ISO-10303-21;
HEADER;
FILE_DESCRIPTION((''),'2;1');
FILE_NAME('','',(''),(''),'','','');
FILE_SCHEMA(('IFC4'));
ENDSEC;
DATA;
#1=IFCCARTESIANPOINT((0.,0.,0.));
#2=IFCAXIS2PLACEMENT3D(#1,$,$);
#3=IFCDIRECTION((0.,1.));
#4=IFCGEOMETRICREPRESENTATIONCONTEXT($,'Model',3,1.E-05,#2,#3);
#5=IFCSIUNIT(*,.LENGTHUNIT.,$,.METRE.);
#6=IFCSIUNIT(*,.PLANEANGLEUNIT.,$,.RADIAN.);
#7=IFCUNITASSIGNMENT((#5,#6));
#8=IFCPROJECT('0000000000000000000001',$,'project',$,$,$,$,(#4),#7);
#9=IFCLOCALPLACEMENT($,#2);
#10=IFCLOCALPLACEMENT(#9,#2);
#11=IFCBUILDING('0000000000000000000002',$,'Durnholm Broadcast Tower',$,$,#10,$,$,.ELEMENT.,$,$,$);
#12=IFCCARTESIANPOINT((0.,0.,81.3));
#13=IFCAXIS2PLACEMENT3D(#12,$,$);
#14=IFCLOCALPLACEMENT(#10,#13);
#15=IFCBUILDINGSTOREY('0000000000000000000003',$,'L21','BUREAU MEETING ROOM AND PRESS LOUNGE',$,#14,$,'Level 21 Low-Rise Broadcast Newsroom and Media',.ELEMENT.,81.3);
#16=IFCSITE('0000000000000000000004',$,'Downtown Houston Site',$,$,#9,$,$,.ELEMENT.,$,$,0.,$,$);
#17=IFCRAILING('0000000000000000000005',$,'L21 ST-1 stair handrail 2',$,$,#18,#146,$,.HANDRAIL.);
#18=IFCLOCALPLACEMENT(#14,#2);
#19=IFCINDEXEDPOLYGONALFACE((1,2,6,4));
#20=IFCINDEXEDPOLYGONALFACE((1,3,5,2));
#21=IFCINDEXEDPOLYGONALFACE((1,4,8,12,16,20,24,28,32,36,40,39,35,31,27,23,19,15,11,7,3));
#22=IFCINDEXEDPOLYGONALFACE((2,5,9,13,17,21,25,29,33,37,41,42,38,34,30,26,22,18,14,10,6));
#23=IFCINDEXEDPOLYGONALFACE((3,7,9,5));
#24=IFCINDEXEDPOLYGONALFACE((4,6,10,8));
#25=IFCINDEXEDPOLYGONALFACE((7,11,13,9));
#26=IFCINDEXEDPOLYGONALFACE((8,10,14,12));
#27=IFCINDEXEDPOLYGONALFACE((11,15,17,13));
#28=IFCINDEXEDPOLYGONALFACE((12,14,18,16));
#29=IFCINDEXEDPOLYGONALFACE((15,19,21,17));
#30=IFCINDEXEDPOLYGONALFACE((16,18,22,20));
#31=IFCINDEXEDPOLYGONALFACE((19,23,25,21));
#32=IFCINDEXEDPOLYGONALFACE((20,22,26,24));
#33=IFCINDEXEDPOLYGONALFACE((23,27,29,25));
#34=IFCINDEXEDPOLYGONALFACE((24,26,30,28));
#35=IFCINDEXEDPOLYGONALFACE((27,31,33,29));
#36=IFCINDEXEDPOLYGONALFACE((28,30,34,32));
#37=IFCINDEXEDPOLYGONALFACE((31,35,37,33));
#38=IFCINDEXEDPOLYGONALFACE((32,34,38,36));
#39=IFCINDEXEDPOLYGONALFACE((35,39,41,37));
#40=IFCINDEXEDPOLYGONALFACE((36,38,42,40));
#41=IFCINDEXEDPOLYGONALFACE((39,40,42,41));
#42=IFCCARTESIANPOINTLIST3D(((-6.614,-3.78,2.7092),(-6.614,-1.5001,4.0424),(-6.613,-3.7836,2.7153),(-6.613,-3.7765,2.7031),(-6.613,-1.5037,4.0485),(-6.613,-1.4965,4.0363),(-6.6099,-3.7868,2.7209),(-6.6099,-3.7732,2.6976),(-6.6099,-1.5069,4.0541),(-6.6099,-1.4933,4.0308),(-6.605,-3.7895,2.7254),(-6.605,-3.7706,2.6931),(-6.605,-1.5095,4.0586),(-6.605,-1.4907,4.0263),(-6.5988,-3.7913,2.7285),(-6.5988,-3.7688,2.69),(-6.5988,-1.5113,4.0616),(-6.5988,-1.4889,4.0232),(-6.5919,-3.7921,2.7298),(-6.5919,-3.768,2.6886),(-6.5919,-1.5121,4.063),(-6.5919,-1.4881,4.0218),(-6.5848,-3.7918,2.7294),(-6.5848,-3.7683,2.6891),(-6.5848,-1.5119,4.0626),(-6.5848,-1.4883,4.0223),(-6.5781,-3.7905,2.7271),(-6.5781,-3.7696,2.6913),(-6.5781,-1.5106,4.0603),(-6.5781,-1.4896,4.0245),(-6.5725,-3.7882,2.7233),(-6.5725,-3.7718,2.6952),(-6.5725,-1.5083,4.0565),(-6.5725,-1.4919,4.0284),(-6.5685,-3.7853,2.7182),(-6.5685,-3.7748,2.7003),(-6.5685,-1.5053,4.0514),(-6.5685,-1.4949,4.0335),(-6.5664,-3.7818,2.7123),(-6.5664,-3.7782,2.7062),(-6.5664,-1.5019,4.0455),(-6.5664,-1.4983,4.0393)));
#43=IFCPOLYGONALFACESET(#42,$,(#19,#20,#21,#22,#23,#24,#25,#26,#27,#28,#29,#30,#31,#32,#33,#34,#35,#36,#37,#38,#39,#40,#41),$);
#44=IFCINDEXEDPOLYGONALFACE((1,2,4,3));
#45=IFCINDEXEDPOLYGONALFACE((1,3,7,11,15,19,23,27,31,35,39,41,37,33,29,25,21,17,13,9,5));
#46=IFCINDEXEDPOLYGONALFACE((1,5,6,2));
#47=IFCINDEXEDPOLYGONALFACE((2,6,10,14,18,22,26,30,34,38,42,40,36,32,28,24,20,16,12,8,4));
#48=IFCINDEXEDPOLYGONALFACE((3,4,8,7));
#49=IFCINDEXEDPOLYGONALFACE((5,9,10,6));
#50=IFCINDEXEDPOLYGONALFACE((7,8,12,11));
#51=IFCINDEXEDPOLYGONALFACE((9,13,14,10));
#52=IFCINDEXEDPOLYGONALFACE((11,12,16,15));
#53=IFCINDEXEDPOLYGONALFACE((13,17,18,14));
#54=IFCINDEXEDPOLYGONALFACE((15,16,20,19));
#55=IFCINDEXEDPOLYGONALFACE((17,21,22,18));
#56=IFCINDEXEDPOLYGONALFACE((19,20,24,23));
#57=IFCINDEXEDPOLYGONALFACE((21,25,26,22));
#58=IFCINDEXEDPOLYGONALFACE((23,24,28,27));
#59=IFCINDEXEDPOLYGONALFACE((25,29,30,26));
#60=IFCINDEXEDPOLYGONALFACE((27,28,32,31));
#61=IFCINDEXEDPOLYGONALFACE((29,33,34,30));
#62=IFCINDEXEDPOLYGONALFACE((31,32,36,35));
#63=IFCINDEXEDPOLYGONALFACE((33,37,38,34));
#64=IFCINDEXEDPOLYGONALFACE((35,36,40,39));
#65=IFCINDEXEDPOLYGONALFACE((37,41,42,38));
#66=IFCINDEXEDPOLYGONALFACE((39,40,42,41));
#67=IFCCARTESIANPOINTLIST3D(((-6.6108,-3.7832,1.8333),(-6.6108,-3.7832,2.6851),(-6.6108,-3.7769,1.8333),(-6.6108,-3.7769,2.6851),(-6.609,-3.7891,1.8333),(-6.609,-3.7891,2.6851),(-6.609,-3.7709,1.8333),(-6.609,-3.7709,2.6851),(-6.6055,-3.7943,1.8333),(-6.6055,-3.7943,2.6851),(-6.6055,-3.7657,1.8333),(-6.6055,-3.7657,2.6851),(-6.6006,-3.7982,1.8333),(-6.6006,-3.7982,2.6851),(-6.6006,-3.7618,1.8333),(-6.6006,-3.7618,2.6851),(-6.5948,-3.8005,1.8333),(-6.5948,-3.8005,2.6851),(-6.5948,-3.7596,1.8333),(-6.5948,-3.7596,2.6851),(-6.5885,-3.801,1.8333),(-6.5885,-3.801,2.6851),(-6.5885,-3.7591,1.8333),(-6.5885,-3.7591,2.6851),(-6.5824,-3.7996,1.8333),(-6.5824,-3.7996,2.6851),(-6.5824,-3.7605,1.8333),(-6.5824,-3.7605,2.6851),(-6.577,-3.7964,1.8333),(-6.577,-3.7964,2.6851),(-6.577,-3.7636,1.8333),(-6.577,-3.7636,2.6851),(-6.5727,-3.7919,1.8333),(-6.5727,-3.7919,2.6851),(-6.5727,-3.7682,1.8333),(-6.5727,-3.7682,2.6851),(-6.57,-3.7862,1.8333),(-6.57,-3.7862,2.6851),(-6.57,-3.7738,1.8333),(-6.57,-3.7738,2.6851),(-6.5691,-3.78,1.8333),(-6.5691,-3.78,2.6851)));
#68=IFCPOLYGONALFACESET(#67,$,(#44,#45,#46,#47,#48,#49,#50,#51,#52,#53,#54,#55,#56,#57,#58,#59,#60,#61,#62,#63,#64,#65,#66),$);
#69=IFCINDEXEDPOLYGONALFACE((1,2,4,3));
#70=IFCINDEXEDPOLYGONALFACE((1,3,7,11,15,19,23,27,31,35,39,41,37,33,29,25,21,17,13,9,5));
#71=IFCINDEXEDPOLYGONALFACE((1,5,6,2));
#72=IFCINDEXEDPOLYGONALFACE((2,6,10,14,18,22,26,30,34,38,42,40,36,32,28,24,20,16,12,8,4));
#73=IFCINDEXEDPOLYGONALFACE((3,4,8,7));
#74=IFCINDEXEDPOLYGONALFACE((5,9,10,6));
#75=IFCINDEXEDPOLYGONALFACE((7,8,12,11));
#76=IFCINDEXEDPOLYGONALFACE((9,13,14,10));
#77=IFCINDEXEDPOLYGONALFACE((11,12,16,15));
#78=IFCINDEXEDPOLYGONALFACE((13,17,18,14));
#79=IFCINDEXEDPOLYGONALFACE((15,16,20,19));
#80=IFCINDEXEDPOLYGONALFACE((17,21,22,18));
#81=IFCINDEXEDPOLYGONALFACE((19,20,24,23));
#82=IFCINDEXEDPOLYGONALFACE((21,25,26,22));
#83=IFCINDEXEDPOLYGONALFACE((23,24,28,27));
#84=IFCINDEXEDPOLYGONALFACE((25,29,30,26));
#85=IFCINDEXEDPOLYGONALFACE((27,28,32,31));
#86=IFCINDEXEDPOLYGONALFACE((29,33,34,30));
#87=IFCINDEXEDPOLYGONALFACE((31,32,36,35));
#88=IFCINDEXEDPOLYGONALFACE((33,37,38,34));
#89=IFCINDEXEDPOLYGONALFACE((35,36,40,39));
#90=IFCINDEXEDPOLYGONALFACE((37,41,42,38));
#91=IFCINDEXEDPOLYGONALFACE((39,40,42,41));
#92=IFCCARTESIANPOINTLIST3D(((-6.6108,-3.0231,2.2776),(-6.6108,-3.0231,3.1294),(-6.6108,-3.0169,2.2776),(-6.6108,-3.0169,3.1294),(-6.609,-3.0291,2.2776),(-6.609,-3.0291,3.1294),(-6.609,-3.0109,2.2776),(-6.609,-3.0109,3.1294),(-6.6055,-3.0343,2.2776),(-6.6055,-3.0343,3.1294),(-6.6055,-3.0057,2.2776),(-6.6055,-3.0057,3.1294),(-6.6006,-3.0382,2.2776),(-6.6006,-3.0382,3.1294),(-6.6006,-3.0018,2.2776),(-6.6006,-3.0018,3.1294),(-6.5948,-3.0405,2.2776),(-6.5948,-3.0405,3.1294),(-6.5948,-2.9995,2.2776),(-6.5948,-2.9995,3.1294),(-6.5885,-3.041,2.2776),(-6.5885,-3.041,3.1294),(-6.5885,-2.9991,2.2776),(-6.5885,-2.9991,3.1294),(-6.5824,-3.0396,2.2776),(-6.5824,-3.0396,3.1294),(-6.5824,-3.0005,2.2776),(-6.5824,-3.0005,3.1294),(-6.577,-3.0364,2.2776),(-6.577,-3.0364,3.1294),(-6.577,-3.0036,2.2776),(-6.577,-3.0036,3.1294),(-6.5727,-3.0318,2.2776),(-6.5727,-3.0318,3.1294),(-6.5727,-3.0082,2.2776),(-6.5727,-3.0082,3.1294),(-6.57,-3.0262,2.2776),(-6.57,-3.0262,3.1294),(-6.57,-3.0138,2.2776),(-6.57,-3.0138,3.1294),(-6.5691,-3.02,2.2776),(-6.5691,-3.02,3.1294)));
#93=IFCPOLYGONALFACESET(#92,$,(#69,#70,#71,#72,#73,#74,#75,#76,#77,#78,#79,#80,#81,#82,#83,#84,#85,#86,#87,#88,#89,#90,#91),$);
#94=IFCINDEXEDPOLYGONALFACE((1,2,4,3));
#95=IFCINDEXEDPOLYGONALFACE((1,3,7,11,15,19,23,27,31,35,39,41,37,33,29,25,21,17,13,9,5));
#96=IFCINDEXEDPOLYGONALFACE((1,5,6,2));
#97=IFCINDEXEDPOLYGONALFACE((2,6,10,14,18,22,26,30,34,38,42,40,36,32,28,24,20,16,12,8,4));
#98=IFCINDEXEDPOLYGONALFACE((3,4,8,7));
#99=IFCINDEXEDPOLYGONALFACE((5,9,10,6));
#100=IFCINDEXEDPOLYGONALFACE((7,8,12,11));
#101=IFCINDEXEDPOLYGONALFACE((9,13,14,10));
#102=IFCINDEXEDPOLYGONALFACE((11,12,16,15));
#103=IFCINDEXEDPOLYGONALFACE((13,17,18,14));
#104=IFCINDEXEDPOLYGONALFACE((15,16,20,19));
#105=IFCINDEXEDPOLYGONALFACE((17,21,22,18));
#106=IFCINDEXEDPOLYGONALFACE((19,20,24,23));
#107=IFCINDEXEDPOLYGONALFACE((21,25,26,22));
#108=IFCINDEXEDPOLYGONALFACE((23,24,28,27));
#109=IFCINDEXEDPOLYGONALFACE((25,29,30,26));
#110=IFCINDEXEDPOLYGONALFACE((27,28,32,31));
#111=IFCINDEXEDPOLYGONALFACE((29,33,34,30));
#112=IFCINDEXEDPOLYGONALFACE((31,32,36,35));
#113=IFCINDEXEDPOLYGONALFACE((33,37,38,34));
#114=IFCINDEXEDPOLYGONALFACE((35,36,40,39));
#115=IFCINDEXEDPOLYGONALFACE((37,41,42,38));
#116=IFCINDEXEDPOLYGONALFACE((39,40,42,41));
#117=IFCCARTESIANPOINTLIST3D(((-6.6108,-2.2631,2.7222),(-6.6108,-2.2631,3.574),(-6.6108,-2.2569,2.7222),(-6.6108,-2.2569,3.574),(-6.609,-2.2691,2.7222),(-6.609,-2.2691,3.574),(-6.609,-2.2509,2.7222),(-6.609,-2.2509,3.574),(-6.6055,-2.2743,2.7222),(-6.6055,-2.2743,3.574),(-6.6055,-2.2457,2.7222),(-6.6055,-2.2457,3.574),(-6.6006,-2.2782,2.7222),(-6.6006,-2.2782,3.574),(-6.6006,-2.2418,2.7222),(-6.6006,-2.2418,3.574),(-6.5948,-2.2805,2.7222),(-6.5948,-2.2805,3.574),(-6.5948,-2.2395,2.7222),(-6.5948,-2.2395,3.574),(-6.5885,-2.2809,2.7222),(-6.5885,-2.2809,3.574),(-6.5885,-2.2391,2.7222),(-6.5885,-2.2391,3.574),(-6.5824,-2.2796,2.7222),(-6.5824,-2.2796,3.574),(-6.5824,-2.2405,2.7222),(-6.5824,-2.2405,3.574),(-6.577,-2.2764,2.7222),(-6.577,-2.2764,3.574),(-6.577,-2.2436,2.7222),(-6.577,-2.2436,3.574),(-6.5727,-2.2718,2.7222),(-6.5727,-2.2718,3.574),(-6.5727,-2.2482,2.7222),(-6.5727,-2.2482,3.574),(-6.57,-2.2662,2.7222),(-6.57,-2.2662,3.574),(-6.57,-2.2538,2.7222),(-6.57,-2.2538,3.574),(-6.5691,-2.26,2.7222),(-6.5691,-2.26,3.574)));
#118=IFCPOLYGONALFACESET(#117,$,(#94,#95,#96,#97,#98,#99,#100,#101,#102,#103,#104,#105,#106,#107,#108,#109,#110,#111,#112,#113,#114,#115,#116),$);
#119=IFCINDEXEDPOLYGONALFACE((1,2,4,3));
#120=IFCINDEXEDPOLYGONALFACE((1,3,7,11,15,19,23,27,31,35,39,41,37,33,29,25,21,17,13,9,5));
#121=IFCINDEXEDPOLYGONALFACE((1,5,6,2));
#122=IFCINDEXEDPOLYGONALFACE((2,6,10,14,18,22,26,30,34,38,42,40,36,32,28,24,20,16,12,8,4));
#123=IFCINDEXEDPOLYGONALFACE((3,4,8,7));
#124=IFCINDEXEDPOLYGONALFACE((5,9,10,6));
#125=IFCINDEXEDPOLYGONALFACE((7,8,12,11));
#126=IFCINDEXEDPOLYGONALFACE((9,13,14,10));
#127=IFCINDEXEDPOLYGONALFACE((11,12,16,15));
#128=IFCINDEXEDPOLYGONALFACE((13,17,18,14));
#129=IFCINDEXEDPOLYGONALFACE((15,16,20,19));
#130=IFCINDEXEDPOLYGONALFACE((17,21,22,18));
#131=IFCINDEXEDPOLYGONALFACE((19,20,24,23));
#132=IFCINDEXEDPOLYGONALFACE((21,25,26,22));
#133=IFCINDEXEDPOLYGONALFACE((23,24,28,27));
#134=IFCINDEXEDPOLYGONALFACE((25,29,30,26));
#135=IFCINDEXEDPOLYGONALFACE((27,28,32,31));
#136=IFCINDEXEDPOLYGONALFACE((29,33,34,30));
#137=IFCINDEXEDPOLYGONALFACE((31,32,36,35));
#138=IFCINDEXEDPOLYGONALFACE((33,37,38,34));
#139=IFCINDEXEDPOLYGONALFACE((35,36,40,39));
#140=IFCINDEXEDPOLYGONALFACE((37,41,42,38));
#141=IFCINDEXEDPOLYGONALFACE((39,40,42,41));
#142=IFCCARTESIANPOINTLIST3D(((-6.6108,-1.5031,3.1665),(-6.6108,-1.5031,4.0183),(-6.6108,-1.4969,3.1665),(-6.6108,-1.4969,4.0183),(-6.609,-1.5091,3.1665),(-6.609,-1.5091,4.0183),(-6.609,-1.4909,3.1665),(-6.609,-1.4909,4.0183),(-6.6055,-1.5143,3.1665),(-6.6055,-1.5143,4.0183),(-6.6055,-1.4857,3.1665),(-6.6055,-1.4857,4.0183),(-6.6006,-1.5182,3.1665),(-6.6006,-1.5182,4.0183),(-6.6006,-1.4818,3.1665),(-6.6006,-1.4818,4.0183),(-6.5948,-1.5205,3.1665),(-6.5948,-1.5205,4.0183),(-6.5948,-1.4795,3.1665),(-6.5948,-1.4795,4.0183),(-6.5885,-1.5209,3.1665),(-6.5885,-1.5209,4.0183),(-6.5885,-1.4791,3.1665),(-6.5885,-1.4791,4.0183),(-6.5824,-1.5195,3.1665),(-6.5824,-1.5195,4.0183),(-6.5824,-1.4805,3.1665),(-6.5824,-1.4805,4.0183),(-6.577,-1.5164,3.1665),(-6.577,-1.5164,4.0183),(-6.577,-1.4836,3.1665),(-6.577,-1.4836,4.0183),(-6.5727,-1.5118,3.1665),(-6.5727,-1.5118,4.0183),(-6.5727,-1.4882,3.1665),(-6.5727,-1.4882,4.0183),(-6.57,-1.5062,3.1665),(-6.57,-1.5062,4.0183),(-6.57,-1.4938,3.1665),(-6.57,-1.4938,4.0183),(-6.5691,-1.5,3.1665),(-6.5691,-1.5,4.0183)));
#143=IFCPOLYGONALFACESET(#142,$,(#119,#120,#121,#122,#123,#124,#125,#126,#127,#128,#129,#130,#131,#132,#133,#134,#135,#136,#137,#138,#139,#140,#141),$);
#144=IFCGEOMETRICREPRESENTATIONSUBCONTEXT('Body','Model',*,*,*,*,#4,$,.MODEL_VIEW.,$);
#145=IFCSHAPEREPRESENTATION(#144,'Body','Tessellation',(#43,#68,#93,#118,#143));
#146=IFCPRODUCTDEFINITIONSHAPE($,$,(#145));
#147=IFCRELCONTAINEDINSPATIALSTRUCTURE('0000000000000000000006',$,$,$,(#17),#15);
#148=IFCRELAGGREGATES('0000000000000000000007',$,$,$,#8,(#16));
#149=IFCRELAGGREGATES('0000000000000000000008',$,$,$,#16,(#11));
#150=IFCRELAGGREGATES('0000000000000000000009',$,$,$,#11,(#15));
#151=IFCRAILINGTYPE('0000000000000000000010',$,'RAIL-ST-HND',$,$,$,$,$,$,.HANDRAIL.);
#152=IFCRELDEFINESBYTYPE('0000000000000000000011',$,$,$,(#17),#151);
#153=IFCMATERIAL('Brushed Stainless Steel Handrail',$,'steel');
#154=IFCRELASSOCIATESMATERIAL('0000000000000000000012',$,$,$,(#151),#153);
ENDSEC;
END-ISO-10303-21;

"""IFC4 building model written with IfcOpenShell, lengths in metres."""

from ifc_helpers import new_model, si_unit, direction, frame, origin, origin_2d, place, context, subcontext, project, spatial, circle, extrude, material, type_object, element, save


model = new_model("IFC4")

# Units and contexts
model_context = context("Model", 3, precision=1e-05, world=origin(), true_north=direction((0.0, 1.0)))
body_context = subcontext(model_context, "Body", "Model", "MODEL_VIEW")
ifc_project = project(units=[si_unit("LENGTHUNIT", "METRE"), si_unit("PLANEANGLEUNIT", "RADIAN")], contexts=[model_context])

# Site, building, storey
site_placement = place(None, origin())
site = spatial("IfcSite", under=ifc_project, at=site_placement, Name="Downtown Houston Site", CompositionType="ELEMENT", RefElevation=0.0)
building_placement = place(site_placement, origin())
building = spatial("IfcBuilding", under=site, at=building_placement, Name="Durnholm Broadcast Tower", CompositionType="ELEMENT")
storey_placement = place(building_placement, frame((0.0, 0.0, 81.3)))
storey = spatial("IfcBuildingStorey", under=building, at=storey_placement, Name="L21", Description="BUREAU MEETING ROOM AND PRESS LOUNGE", LongName="Level 21 Low-Rise Broadcast Newsroom and Media", CompositionType="ELEMENT", Elevation=81.3)

# Railing
ifc_material_1 = material(Name="Brushed Stainless Steel Handrail", Category="steel")
railing_type_1 = type_object("IfcRailingType", Name="RAIL-ST-HND", PredefinedType="HANDRAIL", material=ifc_material_1)
railing_1_placement = place(storey_placement, frame((-6.5901, -3.78, 1.8333)))
element("IfcRailing", 1, at=railing_1_placement, inside=storey, type_object=railing_type_1, Name="L21 ST-1 stair handrail 2", PredefinedType="HANDRAIL", context=body_context, shape_type="SweptSolid", body=[
    extrude(circle(Radius=0.0239, at=origin_2d()), frame((0.0, 0.0, 0.876), z_axis=(0.0, 0.863245, 0.504785), x_axis=(-1.0, 0.0, 0.0)), (0.0, 0.0, 1.0), 2.6411),
    extrude(circle(Radius=0.021, at=origin_2d()), origin(), (0.0, 0.0, 1.0), 0.8518),
    extrude(circle(Radius=0.021, at=origin_2d()), frame((0.0, 0.76, 0.4443)), (0.0, 0.0, 1.0), 0.8518),
    extrude(circle(Radius=0.021, at=origin_2d()), frame((0.0, 1.52, 0.8889)), (0.0, 0.0, 1.0), 0.8518),
    extrude(circle(Radius=0.021, at=origin_2d()), frame((0.0, 2.28, 1.3333)), (0.0, 0.0, 1.0), 0.8518),
])

save(model, "model.ifc")
